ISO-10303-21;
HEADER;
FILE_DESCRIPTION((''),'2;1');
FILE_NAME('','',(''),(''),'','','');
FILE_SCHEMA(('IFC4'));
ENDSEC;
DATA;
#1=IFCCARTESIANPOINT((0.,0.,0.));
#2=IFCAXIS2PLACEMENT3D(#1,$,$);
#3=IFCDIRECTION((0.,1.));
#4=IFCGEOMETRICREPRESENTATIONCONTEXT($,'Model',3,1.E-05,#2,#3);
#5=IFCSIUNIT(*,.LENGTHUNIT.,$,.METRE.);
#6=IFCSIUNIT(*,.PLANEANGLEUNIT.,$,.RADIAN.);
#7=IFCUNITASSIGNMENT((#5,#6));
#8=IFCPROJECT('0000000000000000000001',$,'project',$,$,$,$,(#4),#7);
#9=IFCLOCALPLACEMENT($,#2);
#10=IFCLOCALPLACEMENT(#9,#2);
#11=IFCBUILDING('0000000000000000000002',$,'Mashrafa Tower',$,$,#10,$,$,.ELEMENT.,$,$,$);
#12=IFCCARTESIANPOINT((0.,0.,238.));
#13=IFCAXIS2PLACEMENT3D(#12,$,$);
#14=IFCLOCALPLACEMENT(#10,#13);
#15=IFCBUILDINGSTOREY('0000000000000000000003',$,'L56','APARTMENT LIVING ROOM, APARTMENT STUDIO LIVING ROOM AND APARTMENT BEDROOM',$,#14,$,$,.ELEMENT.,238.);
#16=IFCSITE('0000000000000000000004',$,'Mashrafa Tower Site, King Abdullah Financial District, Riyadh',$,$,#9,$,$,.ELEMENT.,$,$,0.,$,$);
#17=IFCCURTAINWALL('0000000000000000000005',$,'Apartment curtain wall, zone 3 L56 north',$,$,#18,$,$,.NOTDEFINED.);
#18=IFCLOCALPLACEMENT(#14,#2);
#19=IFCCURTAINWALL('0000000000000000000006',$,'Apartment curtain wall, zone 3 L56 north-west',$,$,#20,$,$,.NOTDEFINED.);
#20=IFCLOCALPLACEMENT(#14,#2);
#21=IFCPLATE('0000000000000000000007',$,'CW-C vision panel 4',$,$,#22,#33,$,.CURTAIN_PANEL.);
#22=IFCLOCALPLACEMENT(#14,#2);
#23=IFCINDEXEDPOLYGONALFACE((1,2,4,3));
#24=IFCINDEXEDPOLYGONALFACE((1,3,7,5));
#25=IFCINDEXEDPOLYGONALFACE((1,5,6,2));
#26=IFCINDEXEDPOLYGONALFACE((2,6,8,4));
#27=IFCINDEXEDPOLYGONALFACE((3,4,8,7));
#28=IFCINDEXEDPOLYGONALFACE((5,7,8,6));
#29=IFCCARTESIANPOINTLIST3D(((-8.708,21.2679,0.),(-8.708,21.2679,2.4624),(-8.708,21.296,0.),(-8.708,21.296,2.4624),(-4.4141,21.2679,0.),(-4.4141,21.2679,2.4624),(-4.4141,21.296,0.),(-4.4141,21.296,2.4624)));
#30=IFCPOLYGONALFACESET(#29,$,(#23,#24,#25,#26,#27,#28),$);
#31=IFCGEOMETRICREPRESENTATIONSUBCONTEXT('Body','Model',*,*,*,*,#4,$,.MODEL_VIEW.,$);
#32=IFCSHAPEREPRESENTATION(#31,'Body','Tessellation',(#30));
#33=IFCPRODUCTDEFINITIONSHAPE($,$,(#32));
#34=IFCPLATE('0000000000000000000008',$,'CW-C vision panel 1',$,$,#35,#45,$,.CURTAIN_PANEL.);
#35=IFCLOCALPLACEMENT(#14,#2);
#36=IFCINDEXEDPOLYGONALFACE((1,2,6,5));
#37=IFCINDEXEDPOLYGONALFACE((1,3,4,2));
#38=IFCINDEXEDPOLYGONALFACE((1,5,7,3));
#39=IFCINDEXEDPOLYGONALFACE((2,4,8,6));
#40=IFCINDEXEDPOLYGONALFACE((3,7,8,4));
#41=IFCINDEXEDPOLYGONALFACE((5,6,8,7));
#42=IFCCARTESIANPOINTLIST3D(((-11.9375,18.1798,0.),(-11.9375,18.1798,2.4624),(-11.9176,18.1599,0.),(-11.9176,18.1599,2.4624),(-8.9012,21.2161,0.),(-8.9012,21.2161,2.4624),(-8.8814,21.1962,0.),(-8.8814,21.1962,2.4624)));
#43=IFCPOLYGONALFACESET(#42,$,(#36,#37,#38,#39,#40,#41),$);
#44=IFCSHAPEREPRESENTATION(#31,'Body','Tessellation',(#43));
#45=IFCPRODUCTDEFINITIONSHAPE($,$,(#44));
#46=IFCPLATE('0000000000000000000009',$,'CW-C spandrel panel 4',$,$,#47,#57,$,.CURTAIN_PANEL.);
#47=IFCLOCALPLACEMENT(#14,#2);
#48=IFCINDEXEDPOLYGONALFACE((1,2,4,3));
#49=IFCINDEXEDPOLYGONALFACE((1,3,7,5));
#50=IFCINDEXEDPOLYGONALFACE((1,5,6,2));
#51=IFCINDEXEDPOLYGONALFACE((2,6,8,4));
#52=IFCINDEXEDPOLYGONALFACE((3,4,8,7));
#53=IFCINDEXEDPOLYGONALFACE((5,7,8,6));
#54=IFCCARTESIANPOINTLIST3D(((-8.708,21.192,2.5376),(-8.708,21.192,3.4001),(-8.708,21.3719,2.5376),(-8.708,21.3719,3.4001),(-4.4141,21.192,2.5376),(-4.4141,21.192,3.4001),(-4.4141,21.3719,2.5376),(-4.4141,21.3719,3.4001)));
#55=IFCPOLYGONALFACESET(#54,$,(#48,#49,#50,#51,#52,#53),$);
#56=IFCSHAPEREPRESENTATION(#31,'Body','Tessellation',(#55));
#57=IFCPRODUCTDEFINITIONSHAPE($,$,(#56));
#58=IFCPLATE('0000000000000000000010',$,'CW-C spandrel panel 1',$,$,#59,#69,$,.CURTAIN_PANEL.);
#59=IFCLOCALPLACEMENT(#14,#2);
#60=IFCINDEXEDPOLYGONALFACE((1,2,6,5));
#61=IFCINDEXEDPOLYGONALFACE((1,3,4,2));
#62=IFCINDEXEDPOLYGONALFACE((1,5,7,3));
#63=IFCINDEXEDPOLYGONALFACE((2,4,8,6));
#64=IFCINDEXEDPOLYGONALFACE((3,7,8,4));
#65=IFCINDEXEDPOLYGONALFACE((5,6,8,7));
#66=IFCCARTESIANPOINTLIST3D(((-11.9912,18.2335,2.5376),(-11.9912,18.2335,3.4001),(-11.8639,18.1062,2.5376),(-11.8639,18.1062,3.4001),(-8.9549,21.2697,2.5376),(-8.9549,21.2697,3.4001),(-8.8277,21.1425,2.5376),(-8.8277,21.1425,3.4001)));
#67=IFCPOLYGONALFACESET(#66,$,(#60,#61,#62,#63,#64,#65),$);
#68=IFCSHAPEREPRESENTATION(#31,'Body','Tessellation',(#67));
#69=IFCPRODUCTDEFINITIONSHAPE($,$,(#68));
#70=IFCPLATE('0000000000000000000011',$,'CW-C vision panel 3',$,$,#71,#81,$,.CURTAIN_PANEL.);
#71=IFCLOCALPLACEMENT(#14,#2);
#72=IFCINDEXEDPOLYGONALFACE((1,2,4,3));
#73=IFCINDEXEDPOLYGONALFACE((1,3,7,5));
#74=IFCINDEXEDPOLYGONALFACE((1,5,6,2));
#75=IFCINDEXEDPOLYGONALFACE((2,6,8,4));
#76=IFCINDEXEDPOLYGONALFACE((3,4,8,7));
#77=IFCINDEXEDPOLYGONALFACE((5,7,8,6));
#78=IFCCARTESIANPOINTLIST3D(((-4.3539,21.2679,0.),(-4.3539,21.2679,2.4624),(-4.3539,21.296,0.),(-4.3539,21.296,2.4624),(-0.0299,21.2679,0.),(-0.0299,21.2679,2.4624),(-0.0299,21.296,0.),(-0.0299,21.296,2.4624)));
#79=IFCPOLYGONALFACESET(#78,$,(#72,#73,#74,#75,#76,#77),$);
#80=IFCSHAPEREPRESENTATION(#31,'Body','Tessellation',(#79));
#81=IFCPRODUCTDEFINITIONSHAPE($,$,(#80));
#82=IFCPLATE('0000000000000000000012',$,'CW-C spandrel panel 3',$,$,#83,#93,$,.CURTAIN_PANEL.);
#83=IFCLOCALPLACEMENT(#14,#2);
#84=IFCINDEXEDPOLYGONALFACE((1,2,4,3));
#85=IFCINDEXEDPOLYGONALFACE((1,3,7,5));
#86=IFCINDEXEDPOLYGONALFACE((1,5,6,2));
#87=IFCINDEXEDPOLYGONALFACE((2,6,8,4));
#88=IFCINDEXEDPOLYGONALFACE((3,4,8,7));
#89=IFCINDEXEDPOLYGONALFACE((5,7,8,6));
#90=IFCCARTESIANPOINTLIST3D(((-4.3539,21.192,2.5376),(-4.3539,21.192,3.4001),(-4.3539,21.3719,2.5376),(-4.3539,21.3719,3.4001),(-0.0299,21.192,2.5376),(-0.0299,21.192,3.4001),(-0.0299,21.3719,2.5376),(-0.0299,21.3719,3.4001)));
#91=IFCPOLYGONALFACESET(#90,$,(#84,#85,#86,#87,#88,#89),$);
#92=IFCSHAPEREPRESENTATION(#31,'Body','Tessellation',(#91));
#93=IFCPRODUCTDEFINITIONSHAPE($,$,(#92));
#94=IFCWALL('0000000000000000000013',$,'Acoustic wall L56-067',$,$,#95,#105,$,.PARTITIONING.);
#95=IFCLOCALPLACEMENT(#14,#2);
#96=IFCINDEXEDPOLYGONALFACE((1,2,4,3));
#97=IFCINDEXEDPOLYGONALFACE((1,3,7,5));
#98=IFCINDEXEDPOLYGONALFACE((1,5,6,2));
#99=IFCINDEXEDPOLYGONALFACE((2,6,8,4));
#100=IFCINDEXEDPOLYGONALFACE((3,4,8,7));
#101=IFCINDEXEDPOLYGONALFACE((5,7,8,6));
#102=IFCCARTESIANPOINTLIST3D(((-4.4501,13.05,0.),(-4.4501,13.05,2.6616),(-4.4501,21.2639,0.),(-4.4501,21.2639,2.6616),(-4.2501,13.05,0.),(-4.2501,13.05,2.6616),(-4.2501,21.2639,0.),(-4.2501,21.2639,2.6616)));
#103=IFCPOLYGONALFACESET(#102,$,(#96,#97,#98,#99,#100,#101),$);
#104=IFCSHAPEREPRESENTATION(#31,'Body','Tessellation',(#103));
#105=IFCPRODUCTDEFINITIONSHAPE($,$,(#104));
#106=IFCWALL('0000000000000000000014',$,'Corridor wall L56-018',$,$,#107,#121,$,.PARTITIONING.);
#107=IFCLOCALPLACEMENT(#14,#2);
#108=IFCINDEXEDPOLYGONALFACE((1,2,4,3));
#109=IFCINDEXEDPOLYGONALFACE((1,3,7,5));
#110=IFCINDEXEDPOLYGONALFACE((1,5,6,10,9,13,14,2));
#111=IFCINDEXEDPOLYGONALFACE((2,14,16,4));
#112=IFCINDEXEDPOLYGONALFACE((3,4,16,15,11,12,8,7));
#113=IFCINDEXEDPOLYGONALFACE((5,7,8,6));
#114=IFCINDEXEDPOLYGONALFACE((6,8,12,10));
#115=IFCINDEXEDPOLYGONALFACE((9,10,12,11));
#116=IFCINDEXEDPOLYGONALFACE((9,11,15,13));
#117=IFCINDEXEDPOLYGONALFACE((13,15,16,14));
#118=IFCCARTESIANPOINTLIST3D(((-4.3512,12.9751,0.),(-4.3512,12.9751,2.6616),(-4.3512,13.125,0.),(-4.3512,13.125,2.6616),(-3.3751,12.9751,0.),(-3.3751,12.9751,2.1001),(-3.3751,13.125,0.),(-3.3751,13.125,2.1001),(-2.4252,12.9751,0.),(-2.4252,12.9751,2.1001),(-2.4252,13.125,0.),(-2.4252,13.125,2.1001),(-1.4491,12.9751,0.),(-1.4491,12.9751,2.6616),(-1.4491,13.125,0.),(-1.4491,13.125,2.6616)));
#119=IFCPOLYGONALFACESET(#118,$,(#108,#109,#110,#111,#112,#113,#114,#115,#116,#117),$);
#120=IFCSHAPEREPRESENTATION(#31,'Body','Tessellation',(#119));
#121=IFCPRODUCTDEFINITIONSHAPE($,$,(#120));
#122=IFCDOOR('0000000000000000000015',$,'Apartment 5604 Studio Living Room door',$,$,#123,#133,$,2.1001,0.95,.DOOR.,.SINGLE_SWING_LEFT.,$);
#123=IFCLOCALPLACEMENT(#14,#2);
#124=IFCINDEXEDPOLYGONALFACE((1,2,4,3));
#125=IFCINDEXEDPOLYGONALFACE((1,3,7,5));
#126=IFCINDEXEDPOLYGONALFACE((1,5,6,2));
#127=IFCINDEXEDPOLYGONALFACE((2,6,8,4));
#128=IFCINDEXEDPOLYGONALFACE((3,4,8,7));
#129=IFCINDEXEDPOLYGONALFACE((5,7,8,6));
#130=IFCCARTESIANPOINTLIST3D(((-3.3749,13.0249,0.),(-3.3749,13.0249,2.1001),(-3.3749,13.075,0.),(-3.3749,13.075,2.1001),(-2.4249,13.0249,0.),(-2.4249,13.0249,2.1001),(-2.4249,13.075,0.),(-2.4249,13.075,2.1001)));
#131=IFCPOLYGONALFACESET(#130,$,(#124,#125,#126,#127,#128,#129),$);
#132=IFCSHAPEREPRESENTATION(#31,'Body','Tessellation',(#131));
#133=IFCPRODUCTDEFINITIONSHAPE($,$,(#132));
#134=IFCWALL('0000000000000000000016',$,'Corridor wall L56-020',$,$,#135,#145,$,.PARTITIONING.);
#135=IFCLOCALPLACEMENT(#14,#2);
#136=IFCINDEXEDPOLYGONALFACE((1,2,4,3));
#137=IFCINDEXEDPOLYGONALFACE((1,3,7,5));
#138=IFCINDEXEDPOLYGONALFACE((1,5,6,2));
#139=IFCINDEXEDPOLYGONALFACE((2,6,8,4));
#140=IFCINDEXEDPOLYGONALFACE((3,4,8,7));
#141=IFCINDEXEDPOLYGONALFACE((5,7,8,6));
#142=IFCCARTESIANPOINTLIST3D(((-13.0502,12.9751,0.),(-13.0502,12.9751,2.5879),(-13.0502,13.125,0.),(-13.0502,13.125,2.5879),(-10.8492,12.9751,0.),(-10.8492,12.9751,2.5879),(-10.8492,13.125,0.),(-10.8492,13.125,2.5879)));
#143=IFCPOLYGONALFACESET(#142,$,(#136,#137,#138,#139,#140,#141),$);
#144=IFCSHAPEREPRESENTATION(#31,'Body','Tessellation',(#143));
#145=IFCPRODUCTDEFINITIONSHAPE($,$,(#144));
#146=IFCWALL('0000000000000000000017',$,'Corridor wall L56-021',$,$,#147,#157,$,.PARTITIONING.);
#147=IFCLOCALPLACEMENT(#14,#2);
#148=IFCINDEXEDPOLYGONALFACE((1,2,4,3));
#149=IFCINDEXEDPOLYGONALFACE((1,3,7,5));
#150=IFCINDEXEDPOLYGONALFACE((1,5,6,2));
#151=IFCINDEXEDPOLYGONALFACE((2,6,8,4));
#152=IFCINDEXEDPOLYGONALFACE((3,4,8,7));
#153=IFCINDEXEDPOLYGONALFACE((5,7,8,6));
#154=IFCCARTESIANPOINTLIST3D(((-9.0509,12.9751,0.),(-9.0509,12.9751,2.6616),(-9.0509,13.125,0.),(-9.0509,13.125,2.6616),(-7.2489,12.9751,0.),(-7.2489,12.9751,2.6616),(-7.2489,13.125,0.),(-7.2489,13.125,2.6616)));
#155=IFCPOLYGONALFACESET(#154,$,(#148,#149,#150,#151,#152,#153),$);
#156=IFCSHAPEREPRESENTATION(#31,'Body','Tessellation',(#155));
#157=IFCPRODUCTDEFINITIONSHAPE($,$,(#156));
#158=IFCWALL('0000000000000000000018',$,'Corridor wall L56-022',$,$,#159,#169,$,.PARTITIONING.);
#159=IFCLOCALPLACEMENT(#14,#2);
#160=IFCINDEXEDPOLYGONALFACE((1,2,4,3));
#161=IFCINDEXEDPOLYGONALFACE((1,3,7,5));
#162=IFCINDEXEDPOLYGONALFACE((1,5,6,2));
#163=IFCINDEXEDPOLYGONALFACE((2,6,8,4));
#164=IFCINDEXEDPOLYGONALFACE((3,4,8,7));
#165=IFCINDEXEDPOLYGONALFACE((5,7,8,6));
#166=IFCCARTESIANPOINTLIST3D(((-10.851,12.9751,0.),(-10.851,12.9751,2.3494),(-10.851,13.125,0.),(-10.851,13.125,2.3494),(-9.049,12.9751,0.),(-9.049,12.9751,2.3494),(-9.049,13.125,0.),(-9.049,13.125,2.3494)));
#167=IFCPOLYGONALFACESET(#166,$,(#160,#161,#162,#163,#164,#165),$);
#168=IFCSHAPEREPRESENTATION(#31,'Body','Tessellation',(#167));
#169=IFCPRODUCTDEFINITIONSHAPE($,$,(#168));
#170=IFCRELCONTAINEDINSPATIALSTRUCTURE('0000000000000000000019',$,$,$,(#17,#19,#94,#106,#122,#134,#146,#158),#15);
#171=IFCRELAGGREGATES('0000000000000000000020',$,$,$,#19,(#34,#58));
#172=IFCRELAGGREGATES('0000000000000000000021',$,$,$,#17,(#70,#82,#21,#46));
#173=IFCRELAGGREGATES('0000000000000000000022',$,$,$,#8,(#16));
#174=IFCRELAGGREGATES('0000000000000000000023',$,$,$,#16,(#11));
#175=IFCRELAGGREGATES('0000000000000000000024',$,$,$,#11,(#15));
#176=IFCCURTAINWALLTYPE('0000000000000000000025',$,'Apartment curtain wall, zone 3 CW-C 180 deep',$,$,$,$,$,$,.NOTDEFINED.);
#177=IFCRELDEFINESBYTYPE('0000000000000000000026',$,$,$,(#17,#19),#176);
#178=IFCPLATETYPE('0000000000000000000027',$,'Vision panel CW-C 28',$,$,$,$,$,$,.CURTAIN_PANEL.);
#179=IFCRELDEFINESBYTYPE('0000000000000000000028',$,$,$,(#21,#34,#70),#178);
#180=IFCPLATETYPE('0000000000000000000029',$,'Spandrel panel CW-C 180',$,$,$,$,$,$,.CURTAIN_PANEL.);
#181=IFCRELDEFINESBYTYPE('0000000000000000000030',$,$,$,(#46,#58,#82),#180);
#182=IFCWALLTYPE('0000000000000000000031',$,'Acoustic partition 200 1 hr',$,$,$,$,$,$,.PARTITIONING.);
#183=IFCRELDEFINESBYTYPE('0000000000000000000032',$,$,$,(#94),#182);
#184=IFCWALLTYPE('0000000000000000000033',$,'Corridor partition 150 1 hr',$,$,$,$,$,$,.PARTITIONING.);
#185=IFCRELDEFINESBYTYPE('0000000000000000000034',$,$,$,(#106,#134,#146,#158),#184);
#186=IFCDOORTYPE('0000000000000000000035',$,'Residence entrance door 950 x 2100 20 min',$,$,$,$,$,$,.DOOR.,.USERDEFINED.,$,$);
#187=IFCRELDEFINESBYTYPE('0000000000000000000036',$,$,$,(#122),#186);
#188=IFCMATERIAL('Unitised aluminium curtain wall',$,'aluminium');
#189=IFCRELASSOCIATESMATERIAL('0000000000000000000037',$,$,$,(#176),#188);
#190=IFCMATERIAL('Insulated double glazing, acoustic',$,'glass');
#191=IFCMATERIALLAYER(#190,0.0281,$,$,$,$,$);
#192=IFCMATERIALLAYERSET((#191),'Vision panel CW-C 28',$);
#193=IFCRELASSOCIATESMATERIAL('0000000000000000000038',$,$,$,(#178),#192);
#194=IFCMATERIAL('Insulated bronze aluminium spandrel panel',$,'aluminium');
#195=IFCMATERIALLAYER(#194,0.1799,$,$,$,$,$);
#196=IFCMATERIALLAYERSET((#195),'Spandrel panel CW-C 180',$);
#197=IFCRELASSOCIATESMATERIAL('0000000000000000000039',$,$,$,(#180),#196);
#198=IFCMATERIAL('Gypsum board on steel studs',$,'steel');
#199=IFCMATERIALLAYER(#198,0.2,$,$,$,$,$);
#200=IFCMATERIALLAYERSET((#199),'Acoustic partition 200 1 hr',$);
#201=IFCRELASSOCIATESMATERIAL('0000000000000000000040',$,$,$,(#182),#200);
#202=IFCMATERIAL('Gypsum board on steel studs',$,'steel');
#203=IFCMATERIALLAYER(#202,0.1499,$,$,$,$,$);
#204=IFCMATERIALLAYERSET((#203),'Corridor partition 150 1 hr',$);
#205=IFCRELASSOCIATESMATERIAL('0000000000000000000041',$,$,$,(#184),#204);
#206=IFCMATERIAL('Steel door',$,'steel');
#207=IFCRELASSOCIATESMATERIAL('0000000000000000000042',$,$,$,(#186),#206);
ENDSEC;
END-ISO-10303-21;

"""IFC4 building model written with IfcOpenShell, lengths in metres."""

from ifc_helpers import new_model, si_unit, direction, frame, frame_2d, origin, origin_2d, place, context, subcontext, project, spatial, rectangle, extrude, source, transform, mapped, material, layer, layer_set, type_object, type_shapes, element, fill, aggregate, save


model = new_model("IFC4")

# Units and contexts
model_context = context("Model", 3, precision=1e-05, world=origin(), true_north=direction((0.0, 1.0)))
body_context = subcontext(model_context, "Body", "Model", "MODEL_VIEW")
ifc_project = project(units=[si_unit("LENGTHUNIT", "METRE"), si_unit("PLANEANGLEUNIT", "RADIAN")], contexts=[model_context])

# Site, building, storey
site_placement = place(None, origin())
site = spatial("IfcSite", under=ifc_project, at=site_placement, Name="Mashrafa Tower Site, King Abdullah Financial District, Riyadh", CompositionType="ELEMENT", RefElevation=0.0)
building_placement = place(site_placement, origin())
building = spatial("IfcBuilding", under=site, at=building_placement, Name="Mashrafa Tower", CompositionType="ELEMENT")
storey_placement = place(building_placement, frame((0.0, 0.0, 238.0)))
storey = spatial("IfcBuildingStorey", under=building, at=storey_placement, Name="L56", Description="APARTMENT LIVING ROOM, APARTMENT STUDIO LIVING ROOM AND APARTMENT BEDROOM", CompositionType="ELEMENT", Elevation=238.0)

# Curtain wall
ifc_material_1 = material(Name="Unitised aluminium curtain wall", Category="aluminium")
curtain_wall_type = type_object("IfcCurtainWallType", Name="Apartment curtain wall, zone 3 CW-C 180 deep", PredefinedType="NOTDEFINED", material=ifc_material_1)
curtain_wall_1_placement = place(storey_placement, origin())
curtain_wall_1 = element("IfcCurtainWall", 1, at=curtain_wall_1_placement, inside=storey, type_object=curtain_wall_type, Name="Apartment curtain wall, zone 3 L56 north", PredefinedType="NOTDEFINED")

# Curtain wall
curtain_wall_2_placement = place(storey_placement, origin())
curtain_wall_2 = element("IfcCurtainWall", 2, at=curtain_wall_2_placement, inside=storey, type_object=curtain_wall_type, Name="Apartment curtain wall, zone 3 L56 north-west", PredefinedType="NOTDEFINED")

# Plates
ifc_material_2 = material(Name="Insulated double glazing, acoustic", Category="glass")
ifc_layer_1 = layer(ifc_material_2, 0.0281)
ifc_layer_set_1 = layer_set([ifc_layer_1], Name="Vision panel CW-C 28")
plate_type_1 = type_object("IfcPlateType", Name="Vision panel CW-C 28", PredefinedType="CURTAIN_PANEL", material=ifc_layer_set_1)
shared_shape_1 = source(origin(), body_context, "Body", "SweptSolid", [
    extrude(rectangle(XDim=4.2939, YDim=0.0281, at=origin_2d()), origin(), (0.0, 0.0, 1.0), 2.4624),
])
plate_1_placement = place(storey_placement, frame((-6.561, 21.282, 0.0), z_axis=(0.0, 0.0, 1.0), x_axis=(-1.0, 0.0, 0.0)))
plate_1 = element("IfcPlate", 3, at=plate_1_placement, type_object=plate_type_1, Name="CW-C vision panel 4", PredefinedType="CURTAIN_PANEL", context=body_context, shape_type="MappedRepresentation", body=[
    mapped(shared_shape_1, transform((0.0, 0.0, 0.0))),
])
plate_2_placement = place(storey_placement, frame((-10.4094, 19.688, 0.0), z_axis=(0.0, 0.0, 1.0), x_axis=(-0.707107, -0.707107, 0.0)))
plate_2 = element("IfcPlate", 4, at=plate_2_placement, type_object=plate_type_1, Name="CW-C vision panel 1", PredefinedType="CURTAIN_PANEL", context=body_context, shape_type="MappedRepresentation", body=[
    mapped(shared_shape_1, transform((0.0, 0.0, 0.0))),
])
ifc_material_3 = material(Name="Insulated bronze aluminium spandrel panel", Category="aluminium")
ifc_layer_2 = layer(ifc_material_3, 0.1799)
ifc_layer_set_2 = layer_set([ifc_layer_2], Name="Spandrel panel CW-C 180")
plate_type_2 = type_object("IfcPlateType", Name="Spandrel panel CW-C 180", PredefinedType="CURTAIN_PANEL", material=ifc_layer_set_2)
shared_shape_2 = source(origin(), body_context, "Body", "SweptSolid", [
    extrude(rectangle(XDim=4.2939, YDim=0.1799, at=origin_2d()), origin(), (0.0, 0.0, 1.0), 0.8625),
])
plate_3_placement = place(storey_placement, frame((-6.561, 21.282, 2.5376), z_axis=(0.0, 0.0, 1.0), x_axis=(-1.0, 0.0, 0.0)))
plate_3 = element("IfcPlate", 5, at=plate_3_placement, type_object=plate_type_2, Name="CW-C spandrel panel 4", PredefinedType="CURTAIN_PANEL", context=body_context, shape_type="MappedRepresentation", body=[
    mapped(shared_shape_2, transform((0.0, 0.0, 0.0))),
])
plate_4_placement = place(storey_placement, frame((-10.4094, 19.688, 2.5376), z_axis=(0.0, 0.0, 1.0), x_axis=(-0.707107, -0.707107, 0.0)))
plate_4 = element("IfcPlate", 6, at=plate_4_placement, type_object=plate_type_2, Name="CW-C spandrel panel 1", PredefinedType="CURTAIN_PANEL", context=body_context, shape_type="MappedRepresentation", body=[
    mapped(shared_shape_2, transform((0.0, 0.0, 0.0))),
])
aggregate(curtain_wall_2, [plate_2, plate_4])
shared_shape_3 = source(origin(), body_context, "Body", "SweptSolid", [
    extrude(rectangle(XDim=4.324, YDim=0.0281, at=origin_2d()), origin(), (0.0, 0.0, 1.0), 2.4624),
])
type_shapes(plate_type_1, [shared_shape_1, shared_shape_3])
plate_5_placement = place(storey_placement, frame((-2.1919, 21.282, 0.0), z_axis=(0.0, 0.0, 1.0), x_axis=(-1.0, 0.0, 0.0)))
plate_5 = element("IfcPlate", 7, at=plate_5_placement, type_object=plate_type_1, Name="CW-C vision panel 3", PredefinedType="CURTAIN_PANEL", context=body_context, shape_type="MappedRepresentation", body=[
    mapped(shared_shape_3, transform((0.0, 0.0, 0.0))),
])
shared_shape_4 = source(origin(), body_context, "Body", "SweptSolid", [
    extrude(rectangle(XDim=4.324, YDim=0.1799, at=origin_2d()), origin(), (0.0, 0.0, 1.0), 0.8625),
])
type_shapes(plate_type_2, [shared_shape_2, shared_shape_4])
plate_6_placement = place(storey_placement, frame((-2.1919, 21.282, 2.5376), z_axis=(0.0, 0.0, 1.0), x_axis=(-1.0, 0.0, 0.0)))
plate_6 = element("IfcPlate", 8, at=plate_6_placement, type_object=plate_type_2, Name="CW-C spandrel panel 3", PredefinedType="CURTAIN_PANEL", context=body_context, shape_type="MappedRepresentation", body=[
    mapped(shared_shape_4, transform((0.0, 0.0, 0.0))),
])
aggregate(curtain_wall_1, [plate_5, plate_6, plate_1, plate_3])

# Wall
ifc_material_4 = material(Name="Gypsum board on steel studs", Category="steel")
ifc_layer_3 = layer(ifc_material_4, 0.2)
ifc_layer_set_3 = layer_set([ifc_layer_3], Name="Acoustic partition 200 1 hr")
wall_type_1 = type_object("IfcWallType", Name="Acoustic partition 200 1 hr", PredefinedType="PARTITIONING", material=ifc_layer_set_3)
wall_1_placement = place(storey_placement, frame((-4.3501, 21.2639, 0.0), z_axis=(0.0, 0.0, 1.0), x_axis=(0.0, -1.0, 0.0)))
element("IfcWall", 9, at=wall_1_placement, inside=storey, type_object=wall_type_1, Name="Acoustic wall L56-067", PredefinedType="PARTITIONING", context=body_context, shape_type="SweptSolid", body=[
    extrude(rectangle(XDim=8.2139, YDim=0.2, at=frame_2d((4.1069, 0.0))), origin(), (0.0, 0.0, 1.0), 2.6616),
])

# Wall, opening, door
ifc_material_5 = material(Name="Gypsum board on steel studs", Category="steel")
ifc_layer_4 = layer(ifc_material_5, 0.1499)
ifc_layer_set_4 = layer_set([ifc_layer_4], Name="Corridor partition 150 1 hr")
wall_type_2 = type_object("IfcWallType", Name="Corridor partition 150 1 hr", PredefinedType="PARTITIONING", material=ifc_layer_set_4)
wall_2_placement = place(storey_placement, frame((-1.449, 13.05, 0.0), z_axis=(0.0, 0.0, 1.0), x_axis=(-1.0, 0.0, 0.0)))
wall_2 = element("IfcWall", 10, at=wall_2_placement, inside=storey, type_object=wall_type_2, Name="Corridor wall L56-018", PredefinedType="PARTITIONING", context=body_context, shape_type="SweptSolid", body=[
    extrude(rectangle(XDim=2.9021, YDim=0.1499, at=frame_2d((1.4512, 0.0))), origin(), (0.0, 0.0, 1.0), 2.6616),
])
opening_1_placement = place(wall_2_placement, frame((0.9761, 0.0, 0.0)))
opening_1 = element("IfcOpeningElement", 11, at=opening_1_placement, cuts=wall_2, PredefinedType="OPENING", context=body_context, shape_type="SweptSolid", body=[
    extrude(rectangle(XDim=0.95, YDim=2.1001, at=frame_2d((0.4751, 1.05))), frame((0.0, 0.085, 0.0), z_axis=(0.0, -1.0, 0.0), x_axis=(1.0, 0.0, 0.0)), (0.0, 0.0, 1.0), 0.1699),
])
ifc_material_6 = material(Name="Steel door", Category="steel")
door_type_1 = type_object("IfcDoorType", Name="Residence entrance door 950 x 2100 20 min", OperationType="USERDEFINED", PredefinedType="DOOR", material=ifc_material_6)
door_1_placement = place(opening_1_placement, frame((0.95, 0.0, 0.0), z_axis=(0.0, 0.0, 1.0), x_axis=(-1.0, 0.0, 0.0)))
door_1 = element("IfcDoor", 12, at=door_1_placement, inside=storey, type_object=door_type_1, Name="Apartment 5604 Studio Living Room door", OperationType="SINGLE_SWING_LEFT", OverallHeight=2.1001, OverallWidth=0.95, PredefinedType="DOOR", context=body_context, shape_type="SweptSolid", body=[
    extrude(rectangle(XDim=0.95, YDim=2.1001, at=frame_2d((0.4751, 1.05))), frame((0.0, 0.0249, 0.0), z_axis=(0.0, -1.0, 0.0), x_axis=(1.0, 0.0, 0.0)), (0.0, 0.0, 1.0), 0.05),
])
fill(opening_1, door_1)

# Walls
wall_3_placement = place(storey_placement, frame((-10.8491, 13.05, 0.0), z_axis=(0.0, 0.0, 1.0), x_axis=(-1.0, 0.0, 0.0)))
element("IfcWall", 13, at=wall_3_placement, inside=storey, type_object=wall_type_2, Name="Corridor wall L56-020", PredefinedType="PARTITIONING", context=body_context, shape_type="SweptSolid", body=[
    extrude(rectangle(XDim=2.2009, YDim=0.1499, at=frame_2d((1.1006, 0.0))), origin(), (0.0, 0.0, 1.0), 2.5879),
])
wall_4_placement = place(storey_placement, frame((-7.249, 13.05, 0.0), z_axis=(0.0, 0.0, 1.0), x_axis=(-1.0, 0.0, 0.0)))
element("IfcWall", 14, at=wall_4_placement, inside=storey, type_object=wall_type_2, Name="Corridor wall L56-021", PredefinedType="PARTITIONING", context=body_context, shape_type="SweptSolid", body=[
    extrude(rectangle(XDim=1.802, YDim=0.1499, at=frame_2d((0.9009, 0.0))), origin(), (0.0, 0.0, 1.0), 2.6616),
])
wall_5_placement = place(storey_placement, frame((-9.0491, 13.05, 0.0), z_axis=(0.0, 0.0, 1.0), x_axis=(-1.0, 0.0, 0.0)))
element("IfcWall", 15, at=wall_5_placement, inside=storey, type_object=wall_type_2, Name="Corridor wall L56-022", PredefinedType="PARTITIONING", context=body_context, shape_type="SweptSolid", body=[
    extrude(rectangle(XDim=1.802, YDim=0.1499, at=frame_2d((0.9009, 0.0))), origin(), (0.0, 0.0, 1.0), 2.3494),
])

save(model, "model.ifc")
